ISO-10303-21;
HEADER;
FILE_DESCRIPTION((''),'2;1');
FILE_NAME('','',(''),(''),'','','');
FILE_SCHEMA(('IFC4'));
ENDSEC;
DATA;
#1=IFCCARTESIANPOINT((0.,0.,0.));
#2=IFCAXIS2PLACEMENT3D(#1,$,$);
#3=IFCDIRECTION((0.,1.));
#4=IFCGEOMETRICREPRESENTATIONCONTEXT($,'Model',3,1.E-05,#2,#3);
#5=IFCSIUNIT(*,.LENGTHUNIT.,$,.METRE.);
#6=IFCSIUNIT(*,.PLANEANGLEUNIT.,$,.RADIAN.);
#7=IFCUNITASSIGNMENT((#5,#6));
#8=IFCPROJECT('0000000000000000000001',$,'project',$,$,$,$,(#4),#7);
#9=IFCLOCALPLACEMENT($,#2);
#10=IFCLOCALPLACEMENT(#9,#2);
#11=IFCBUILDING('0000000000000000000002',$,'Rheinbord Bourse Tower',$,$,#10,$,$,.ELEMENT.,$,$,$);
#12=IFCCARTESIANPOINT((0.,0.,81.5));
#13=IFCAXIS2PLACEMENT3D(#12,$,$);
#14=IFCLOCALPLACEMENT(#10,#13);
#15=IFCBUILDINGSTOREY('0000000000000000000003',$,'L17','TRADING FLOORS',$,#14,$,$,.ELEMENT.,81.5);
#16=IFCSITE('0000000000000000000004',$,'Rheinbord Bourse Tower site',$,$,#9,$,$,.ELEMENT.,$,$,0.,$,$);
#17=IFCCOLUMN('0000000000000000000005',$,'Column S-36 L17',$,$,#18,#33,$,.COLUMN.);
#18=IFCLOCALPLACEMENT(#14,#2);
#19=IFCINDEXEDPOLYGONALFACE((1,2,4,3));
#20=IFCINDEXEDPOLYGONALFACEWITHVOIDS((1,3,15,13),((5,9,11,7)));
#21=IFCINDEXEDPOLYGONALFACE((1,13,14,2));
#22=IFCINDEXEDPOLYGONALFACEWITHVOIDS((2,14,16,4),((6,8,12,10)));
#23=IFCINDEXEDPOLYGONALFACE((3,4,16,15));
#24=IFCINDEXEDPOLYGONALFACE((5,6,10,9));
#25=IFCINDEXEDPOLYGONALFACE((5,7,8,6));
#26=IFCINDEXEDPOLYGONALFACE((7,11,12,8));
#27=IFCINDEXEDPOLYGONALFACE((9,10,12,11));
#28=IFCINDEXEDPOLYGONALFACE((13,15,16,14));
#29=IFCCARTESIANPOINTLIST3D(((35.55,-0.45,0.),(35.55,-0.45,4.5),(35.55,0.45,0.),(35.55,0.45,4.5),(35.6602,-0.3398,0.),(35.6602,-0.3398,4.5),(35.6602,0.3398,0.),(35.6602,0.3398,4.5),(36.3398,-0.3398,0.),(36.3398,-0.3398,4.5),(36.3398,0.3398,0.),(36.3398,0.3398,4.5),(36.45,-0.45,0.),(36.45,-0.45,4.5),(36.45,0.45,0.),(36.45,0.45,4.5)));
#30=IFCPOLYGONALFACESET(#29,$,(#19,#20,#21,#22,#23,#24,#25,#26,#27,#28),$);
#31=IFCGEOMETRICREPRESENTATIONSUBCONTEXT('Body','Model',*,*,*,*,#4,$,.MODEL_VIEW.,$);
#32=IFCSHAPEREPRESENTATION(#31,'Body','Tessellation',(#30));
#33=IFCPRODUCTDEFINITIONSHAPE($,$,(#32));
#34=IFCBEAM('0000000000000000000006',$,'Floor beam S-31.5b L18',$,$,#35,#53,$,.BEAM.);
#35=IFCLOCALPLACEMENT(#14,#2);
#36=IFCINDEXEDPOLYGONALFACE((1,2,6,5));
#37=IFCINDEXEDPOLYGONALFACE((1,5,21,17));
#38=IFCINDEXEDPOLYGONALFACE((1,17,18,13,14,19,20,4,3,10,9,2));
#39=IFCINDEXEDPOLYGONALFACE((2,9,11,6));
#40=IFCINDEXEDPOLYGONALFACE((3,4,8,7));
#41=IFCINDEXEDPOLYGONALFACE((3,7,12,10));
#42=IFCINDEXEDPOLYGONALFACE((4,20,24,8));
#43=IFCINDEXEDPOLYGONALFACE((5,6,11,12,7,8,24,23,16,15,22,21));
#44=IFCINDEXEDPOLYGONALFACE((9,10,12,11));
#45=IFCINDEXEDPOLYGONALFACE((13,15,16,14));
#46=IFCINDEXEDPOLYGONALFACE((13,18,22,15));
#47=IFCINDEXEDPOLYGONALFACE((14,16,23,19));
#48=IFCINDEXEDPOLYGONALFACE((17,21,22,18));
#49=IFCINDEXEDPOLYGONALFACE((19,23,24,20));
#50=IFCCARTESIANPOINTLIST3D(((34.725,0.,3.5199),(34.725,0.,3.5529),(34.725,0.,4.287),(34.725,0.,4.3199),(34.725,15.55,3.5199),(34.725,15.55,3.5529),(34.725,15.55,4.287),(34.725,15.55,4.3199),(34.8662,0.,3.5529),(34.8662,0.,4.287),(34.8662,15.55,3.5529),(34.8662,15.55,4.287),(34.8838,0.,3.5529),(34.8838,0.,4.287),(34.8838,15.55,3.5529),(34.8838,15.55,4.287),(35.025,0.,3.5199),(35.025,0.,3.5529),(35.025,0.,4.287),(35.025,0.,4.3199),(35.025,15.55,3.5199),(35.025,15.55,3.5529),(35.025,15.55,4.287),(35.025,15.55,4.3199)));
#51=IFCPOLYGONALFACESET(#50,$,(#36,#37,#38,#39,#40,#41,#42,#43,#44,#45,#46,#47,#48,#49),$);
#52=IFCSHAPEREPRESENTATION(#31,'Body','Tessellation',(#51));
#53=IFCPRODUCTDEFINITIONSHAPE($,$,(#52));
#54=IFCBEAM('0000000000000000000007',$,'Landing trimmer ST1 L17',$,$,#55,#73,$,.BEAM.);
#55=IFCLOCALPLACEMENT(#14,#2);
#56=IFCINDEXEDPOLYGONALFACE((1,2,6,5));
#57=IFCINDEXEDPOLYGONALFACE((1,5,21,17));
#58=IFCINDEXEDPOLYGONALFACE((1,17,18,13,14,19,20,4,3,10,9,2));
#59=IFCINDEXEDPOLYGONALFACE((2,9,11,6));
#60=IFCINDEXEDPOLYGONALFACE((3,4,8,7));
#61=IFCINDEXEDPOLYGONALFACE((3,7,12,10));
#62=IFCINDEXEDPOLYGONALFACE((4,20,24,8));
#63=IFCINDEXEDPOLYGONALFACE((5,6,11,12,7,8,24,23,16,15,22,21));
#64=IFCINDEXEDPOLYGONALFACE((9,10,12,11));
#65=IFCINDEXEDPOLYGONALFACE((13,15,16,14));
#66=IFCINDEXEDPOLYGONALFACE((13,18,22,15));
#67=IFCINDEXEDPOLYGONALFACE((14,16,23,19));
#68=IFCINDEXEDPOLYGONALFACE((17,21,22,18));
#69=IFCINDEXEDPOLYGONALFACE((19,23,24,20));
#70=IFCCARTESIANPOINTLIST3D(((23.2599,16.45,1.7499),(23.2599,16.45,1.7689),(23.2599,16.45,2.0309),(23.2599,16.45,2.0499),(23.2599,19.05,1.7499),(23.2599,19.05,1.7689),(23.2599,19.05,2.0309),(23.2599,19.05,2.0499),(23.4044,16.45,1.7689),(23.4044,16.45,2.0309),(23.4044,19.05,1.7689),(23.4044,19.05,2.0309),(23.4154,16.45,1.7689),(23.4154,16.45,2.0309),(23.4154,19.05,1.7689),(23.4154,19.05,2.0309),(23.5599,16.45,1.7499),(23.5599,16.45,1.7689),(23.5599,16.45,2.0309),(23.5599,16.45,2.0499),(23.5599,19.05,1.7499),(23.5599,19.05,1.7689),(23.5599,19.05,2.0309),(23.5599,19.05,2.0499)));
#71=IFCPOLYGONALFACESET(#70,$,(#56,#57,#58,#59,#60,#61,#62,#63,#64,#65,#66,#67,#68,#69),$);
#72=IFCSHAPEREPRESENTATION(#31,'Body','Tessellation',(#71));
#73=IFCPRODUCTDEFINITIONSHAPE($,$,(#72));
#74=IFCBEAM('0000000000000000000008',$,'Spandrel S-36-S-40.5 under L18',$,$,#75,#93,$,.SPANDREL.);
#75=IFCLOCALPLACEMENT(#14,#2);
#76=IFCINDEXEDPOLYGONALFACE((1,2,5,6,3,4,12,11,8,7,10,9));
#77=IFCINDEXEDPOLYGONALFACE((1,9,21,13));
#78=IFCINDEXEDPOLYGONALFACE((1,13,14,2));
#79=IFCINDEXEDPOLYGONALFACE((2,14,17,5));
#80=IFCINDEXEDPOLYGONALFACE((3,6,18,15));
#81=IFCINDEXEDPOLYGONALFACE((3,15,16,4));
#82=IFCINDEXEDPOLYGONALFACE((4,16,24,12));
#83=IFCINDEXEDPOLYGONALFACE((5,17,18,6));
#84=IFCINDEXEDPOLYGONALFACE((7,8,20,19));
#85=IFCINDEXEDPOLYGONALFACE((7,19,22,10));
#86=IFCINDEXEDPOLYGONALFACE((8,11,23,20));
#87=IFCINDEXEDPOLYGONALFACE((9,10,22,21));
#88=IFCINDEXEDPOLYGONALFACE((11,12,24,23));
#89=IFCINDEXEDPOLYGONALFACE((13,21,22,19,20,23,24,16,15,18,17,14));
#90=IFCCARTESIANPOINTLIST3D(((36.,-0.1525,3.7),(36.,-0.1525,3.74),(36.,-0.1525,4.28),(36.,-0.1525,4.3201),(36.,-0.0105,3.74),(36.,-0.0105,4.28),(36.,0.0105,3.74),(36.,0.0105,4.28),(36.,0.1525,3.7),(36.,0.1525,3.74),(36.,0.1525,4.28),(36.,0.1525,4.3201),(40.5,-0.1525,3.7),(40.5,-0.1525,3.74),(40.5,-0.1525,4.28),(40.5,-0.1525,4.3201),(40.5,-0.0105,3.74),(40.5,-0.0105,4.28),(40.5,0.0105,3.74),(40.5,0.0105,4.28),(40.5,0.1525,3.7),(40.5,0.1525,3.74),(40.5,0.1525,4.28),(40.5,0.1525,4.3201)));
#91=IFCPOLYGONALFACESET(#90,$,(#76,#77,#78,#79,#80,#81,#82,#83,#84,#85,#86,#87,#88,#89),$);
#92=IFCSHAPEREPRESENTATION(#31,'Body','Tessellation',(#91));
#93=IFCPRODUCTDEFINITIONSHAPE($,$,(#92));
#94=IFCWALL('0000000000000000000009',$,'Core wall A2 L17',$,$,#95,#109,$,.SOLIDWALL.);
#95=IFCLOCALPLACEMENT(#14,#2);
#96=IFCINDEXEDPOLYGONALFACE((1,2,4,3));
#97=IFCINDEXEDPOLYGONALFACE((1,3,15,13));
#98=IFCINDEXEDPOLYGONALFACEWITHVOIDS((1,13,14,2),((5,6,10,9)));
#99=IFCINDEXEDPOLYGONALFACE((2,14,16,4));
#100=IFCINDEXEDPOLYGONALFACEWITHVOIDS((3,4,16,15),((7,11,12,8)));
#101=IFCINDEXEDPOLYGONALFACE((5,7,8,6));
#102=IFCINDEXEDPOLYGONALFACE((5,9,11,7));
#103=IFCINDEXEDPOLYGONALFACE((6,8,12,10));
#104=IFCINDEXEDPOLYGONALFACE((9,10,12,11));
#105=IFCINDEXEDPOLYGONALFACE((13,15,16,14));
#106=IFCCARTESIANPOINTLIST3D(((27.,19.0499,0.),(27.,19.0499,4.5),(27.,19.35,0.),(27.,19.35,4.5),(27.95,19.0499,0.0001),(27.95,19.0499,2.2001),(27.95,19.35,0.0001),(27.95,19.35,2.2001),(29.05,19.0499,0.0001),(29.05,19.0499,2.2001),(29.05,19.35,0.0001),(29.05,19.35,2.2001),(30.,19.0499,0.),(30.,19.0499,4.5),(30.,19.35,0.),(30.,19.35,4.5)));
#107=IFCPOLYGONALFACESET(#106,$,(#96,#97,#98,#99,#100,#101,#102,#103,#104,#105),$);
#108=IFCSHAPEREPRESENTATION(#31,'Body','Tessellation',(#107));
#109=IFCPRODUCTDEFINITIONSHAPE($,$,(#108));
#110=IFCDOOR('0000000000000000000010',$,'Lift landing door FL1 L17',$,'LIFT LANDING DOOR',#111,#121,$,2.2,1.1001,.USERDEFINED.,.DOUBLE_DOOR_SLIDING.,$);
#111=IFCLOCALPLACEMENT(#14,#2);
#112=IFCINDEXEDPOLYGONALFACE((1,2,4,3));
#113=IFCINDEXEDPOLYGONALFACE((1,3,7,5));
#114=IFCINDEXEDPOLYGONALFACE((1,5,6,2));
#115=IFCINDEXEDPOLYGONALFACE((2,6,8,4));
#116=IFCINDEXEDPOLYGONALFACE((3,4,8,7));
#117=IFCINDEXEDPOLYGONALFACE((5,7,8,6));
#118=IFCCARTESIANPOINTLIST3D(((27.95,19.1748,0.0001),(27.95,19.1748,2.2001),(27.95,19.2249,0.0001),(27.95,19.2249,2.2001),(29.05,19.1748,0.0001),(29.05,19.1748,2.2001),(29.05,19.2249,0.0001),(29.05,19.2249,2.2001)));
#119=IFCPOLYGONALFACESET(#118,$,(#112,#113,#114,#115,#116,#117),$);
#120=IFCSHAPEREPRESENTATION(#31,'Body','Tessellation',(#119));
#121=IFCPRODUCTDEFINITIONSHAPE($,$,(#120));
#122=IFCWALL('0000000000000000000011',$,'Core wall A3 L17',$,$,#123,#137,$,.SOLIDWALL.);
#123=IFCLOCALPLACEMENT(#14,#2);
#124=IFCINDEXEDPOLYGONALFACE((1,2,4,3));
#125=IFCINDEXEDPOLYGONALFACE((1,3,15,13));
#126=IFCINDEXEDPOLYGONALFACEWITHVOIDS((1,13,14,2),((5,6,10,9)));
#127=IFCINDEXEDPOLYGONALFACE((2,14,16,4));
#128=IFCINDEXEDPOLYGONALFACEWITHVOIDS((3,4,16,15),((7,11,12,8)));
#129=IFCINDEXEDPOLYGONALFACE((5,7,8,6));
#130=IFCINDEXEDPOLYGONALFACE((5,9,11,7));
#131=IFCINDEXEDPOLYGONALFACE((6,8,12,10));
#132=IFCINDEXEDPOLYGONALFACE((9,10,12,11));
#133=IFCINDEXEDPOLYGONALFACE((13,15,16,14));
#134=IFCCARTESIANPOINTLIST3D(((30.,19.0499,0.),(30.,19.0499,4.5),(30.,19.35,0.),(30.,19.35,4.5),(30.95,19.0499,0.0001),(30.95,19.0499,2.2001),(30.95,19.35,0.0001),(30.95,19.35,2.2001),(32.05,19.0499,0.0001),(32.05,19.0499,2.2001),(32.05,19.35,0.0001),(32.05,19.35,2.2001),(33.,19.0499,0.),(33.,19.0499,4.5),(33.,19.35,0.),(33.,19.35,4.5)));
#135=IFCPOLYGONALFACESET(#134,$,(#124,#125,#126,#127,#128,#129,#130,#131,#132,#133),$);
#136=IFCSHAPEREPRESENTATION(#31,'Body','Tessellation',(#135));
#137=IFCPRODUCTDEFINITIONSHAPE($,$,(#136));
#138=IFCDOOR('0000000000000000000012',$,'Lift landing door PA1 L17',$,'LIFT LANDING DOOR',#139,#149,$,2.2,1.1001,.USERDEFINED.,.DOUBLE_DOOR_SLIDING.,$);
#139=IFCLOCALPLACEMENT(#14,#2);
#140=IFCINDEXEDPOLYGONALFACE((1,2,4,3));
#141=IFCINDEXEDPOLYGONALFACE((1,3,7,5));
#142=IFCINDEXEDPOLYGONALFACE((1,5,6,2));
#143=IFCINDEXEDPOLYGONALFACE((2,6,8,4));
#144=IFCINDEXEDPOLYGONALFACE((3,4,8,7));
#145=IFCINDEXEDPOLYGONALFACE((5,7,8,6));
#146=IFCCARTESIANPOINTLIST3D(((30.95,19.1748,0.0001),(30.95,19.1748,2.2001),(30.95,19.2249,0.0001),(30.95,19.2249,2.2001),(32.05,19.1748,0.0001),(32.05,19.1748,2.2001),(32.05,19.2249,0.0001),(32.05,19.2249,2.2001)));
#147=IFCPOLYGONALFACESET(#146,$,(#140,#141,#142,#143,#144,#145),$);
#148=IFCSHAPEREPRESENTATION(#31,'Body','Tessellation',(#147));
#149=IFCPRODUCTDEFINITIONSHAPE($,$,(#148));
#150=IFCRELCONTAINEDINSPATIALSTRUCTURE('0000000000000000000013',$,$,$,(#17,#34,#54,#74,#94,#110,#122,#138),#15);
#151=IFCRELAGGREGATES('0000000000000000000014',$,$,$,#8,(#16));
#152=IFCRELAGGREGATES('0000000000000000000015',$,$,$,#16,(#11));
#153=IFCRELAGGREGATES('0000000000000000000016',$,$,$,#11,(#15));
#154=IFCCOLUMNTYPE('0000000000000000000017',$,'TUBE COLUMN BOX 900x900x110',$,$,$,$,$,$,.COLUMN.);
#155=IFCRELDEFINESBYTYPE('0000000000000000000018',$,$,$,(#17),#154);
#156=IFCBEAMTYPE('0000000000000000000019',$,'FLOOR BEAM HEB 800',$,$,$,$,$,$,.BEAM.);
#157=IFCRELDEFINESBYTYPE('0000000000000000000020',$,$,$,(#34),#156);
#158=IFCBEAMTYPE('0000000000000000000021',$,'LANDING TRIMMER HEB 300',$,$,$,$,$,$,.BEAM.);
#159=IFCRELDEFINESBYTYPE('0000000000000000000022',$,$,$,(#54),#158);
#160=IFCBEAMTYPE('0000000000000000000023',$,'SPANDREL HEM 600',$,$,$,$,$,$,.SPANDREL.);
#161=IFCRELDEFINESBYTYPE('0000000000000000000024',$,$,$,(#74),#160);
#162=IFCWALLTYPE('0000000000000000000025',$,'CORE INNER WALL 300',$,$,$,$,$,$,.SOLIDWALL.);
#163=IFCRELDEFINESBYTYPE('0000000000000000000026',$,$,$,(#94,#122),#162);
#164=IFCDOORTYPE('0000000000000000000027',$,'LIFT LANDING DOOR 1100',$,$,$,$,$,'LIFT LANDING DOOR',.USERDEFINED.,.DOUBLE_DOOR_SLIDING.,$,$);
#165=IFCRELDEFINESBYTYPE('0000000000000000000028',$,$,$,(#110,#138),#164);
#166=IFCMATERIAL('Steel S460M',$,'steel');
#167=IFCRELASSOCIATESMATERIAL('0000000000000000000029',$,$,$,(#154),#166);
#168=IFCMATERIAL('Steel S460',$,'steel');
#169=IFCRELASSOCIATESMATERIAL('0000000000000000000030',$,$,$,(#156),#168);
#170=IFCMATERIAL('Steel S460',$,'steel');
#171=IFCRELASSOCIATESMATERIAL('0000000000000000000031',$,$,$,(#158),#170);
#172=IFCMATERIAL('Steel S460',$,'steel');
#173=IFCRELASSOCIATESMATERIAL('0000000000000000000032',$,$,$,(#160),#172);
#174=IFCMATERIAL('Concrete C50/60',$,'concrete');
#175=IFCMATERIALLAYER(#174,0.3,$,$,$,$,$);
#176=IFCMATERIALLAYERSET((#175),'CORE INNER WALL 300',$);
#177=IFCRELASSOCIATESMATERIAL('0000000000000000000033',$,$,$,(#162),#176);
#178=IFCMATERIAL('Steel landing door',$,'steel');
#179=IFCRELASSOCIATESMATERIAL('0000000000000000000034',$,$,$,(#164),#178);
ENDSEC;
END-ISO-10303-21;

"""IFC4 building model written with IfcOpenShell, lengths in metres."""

from ifc_helpers import new_model, si_unit, direction, frame, frame_2d, origin, origin_2d, place, context, subcontext, project, spatial, rectangle, hollow_rectangle, i_section, extrude, material, layer, layer_set, material_profile, profile_set, type_object, element, fill, save


model = new_model("IFC4")

# Units and contexts
model_context = context("Model", 3, precision=1e-05, world=origin(), true_north=direction((0.0, 1.0)))
body_context = subcontext(model_context, "Body", "Model", "MODEL_VIEW")
ifc_project = project(units=[si_unit("LENGTHUNIT", "METRE"), si_unit("PLANEANGLEUNIT", "RADIAN")], contexts=[model_context])

# Site, building, storey
site_placement = place(None, origin())
site = spatial("IfcSite", under=ifc_project, at=site_placement, Name="Rheinbord Bourse Tower site", CompositionType="ELEMENT", RefElevation=0.0)
building_placement = place(site_placement, origin())
building = spatial("IfcBuilding", under=site, at=building_placement, Name="Rheinbord Bourse Tower", CompositionType="ELEMENT")
storey_placement = place(building_placement, frame((0.0, 0.0, 81.5)))
storey = spatial("IfcBuildingStorey", under=building, at=storey_placement, Name="L17", Description="TRADING FLOORS", CompositionType="ELEMENT", Elevation=81.5)

# Column
ifc_material_1 = material(Name="Steel S460M", Category="steel")
ifc_material_profile_1 = material_profile(ifc_material_1, hollow_rectangle(XDim=0.8999, YDim=0.8999, WallThickness=0.1101, at=origin_2d()), Name="BOX 900x900x110")
ifc_profile_set_1 = profile_set([ifc_material_profile_1], Name="Steel S460M")
column_type = type_object("IfcColumnType", Name="TUBE COLUMN BOX 900x900x110", PredefinedType="COLUMN", material=ifc_profile_set_1)
column_placement = place(storey_placement, frame((36.0, 0.0, 0.0), z_axis=(0.0, 0.0, 1.0), x_axis=(0.0, 1.0, 0.0)))
element("IfcColumn", 1, at=column_placement, inside=storey, type_object=column_type, Name="Column S-36 L17", PredefinedType="COLUMN", context=body_context, shape_type="SweptSolid", body=[
    extrude(hollow_rectangle(XDim=0.8999, YDim=0.8999, WallThickness=0.1101, at=origin_2d()), origin(), (0.0, 0.0, 1.0), 4.5),
])

# Beams
ifc_material_2 = material(Name="Steel S460", Category="steel")
ifc_material_profile_2 = material_profile(ifc_material_2, i_section(OverallWidth=0.3, OverallDepth=0.8, WebThickness=0.0176, FlangeThickness=0.033, at=origin_2d()), Name="HEB 800")
ifc_profile_set_2 = profile_set([ifc_material_profile_2], Name="Steel S460")
beam_type_1 = type_object("IfcBeamType", Name="FLOOR BEAM HEB 800", PredefinedType="BEAM", material=ifc_profile_set_2)
beam_1_placement = place(storey_placement, frame((34.875, 0.0, 3.9199), z_axis=(0.0, 1.0, 0.0), x_axis=(-1.0, 0.0, 0.0)))
element("IfcBeam", 2, at=beam_1_placement, inside=storey, type_object=beam_type_1, Name="Floor beam S-31.5b L18", PredefinedType="BEAM", context=body_context, shape_type="SweptSolid", body=[
    extrude(i_section(OverallWidth=0.3, OverallDepth=0.8, WebThickness=0.0176, FlangeThickness=0.033, at=origin_2d()), origin(), (0.0, 0.0, 1.0), 15.55),
])
ifc_material_3 = material(Name="Steel S460", Category="steel")
ifc_material_profile_3 = material_profile(ifc_material_3, i_section(OverallWidth=0.3, OverallDepth=0.3, WebThickness=0.011, FlangeThickness=0.019, at=origin_2d()), Name="HEB 300")
ifc_profile_set_3 = profile_set([ifc_material_profile_3], Name="Steel S460")
beam_type_2 = type_object("IfcBeamType", Name="LANDING TRIMMER HEB 300", PredefinedType="BEAM", material=ifc_profile_set_3)
beam_2_placement = place(storey_placement, frame((23.4099, 16.45, 1.8999), z_axis=(0.0, 1.0, 0.0), x_axis=(-1.0, 0.0, 0.0)))
element("IfcBeam", 3, at=beam_2_placement, inside=storey, type_object=beam_type_2, Name="Landing trimmer ST1 L17", PredefinedType="BEAM", context=body_context, shape_type="SweptSolid", body=[
    extrude(i_section(OverallWidth=0.3, OverallDepth=0.3, WebThickness=0.011, FlangeThickness=0.019, at=origin_2d()), origin(), (0.0, 0.0, 1.0), 2.6001),
])
ifc_material_4 = material(Name="Steel S460", Category="steel")
ifc_material_profile_4 = material_profile(ifc_material_4, i_section(OverallWidth=0.3049, OverallDepth=0.6201, WebThickness=0.021, FlangeThickness=0.04, at=origin_2d()), Name="HEM 600")
ifc_profile_set_4 = profile_set([ifc_material_profile_4], Name="Steel S460")
beam_type_3 = type_object("IfcBeamType", Name="SPANDREL HEM 600", PredefinedType="SPANDREL", material=ifc_profile_set_4)
beam_3_placement = place(storey_placement, frame((36.0, 0.0, 4.01), z_axis=(1.0, 0.0, 0.0), x_axis=(0.0, 1.0, 0.0)))
element("IfcBeam", 4, at=beam_3_placement, inside=storey, type_object=beam_type_3, Name="Spandrel S-36-S-40.5 under L18", PredefinedType="SPANDREL", context=body_context, shape_type="SweptSolid", body=[
    extrude(i_section(OverallWidth=0.3049, OverallDepth=0.6201, WebThickness=0.021, FlangeThickness=0.04, at=origin_2d()), origin(), (0.0, 0.0, 1.0), 4.5),
])

# Walls, openings, doors
ifc_material_5 = material(Name="Concrete C50/60", Category="concrete")
ifc_layer_1 = layer(ifc_material_5, 0.3)
ifc_layer_set_1 = layer_set([ifc_layer_1], Name="CORE INNER WALL 300")
wall_type_1 = type_object("IfcWallType", Name="CORE INNER WALL 300", PredefinedType="SOLIDWALL", material=ifc_layer_set_1)
wall_1_placement = place(storey_placement, frame((27.0, 19.2, 0.0), z_axis=(0.0, 0.0, 1.0), x_axis=(1.0, 0.0, 0.0)))
wall_1 = element("IfcWall", 5, at=wall_1_placement, inside=storey, type_object=wall_type_1, Name="Core wall A2 L17", PredefinedType="SOLIDWALL", context=body_context, shape_type="SweptSolid", body=[
    extrude(rectangle(XDim=3.0, YDim=0.3, at=frame_2d((1.5, 0.0))), origin(), (0.0, 0.0, 1.0), 4.5),
])
opening_1_placement = place(wall_1_placement, frame((0.95, 0.0, 0.0)))
opening_1 = element("IfcOpeningElement", 6, at=opening_1_placement, cuts=wall_1, PredefinedType="OPENING", context=body_context, shape_type="SweptSolid", body=[
    extrude(rectangle(XDim=1.1001, YDim=2.2, at=frame_2d((0.55, 1.1001))), frame((0.0, 0.1599, 0.0), z_axis=(0.0, -1.0, 0.0), x_axis=(1.0, 0.0, 0.0)), (0.0, 0.0, 1.0), 0.3201),
])
ifc_material_6 = material(Name="Steel landing door", Category="steel")
door_type_1 = type_object("IfcDoorType", Name="LIFT LANDING DOOR 1100", ElementType="LIFT LANDING DOOR", OperationType="DOUBLE_DOOR_SLIDING", PredefinedType="USERDEFINED", material=ifc_material_6)
door_1_placement = place(opening_1_placement, origin())
door_1 = element("IfcDoor", 7, at=door_1_placement, inside=storey, type_object=door_type_1, Name="Lift landing door FL1 L17", ObjectType="LIFT LANDING DOOR", OperationType="DOUBLE_DOOR_SLIDING", OverallHeight=2.2, OverallWidth=1.1001, PredefinedType="USERDEFINED", context=body_context, shape_type="SweptSolid", body=[
    extrude(rectangle(XDim=1.1001, YDim=2.2, at=frame_2d((0.55, 1.1001))), frame((0.0, 0.0249, 0.0), z_axis=(0.0, -1.0, 0.0), x_axis=(1.0, 0.0, 0.0)), (0.0, 0.0, 1.0), 0.05),
])
fill(opening_1, door_1)
wall_2_placement = place(storey_placement, frame((30.0, 19.2, 0.0), z_axis=(0.0, 0.0, 1.0), x_axis=(1.0, 0.0, 0.0)))
wall_2 = element("IfcWall", 8, at=wall_2_placement, inside=storey, type_object=wall_type_1, Name="Core wall A3 L17", PredefinedType="SOLIDWALL", context=body_context, shape_type="SweptSolid", body=[
    extrude(rectangle(XDim=3.0, YDim=0.3, at=frame_2d((1.5, 0.0))), origin(), (0.0, 0.0, 1.0), 4.5),
])
opening_2_placement = place(wall_2_placement, frame((0.95, 0.0, 0.0)))
opening_2 = element("IfcOpeningElement", 9, at=opening_2_placement, cuts=wall_2, PredefinedType="OPENING", context=body_context, shape_type="SweptSolid", body=[
    extrude(rectangle(XDim=1.1001, YDim=2.2, at=frame_2d((0.55, 1.1001))), frame((0.0, 0.1599, 0.0), z_axis=(0.0, -1.0, 0.0), x_axis=(1.0, 0.0, 0.0)), (0.0, 0.0, 1.0), 0.3201),
])
door_2_placement = place(opening_2_placement, origin())
door_2 = element("IfcDoor", 10, at=door_2_placement, inside=storey, type_object=door_type_1, Name="Lift landing door PA1 L17", ObjectType="LIFT LANDING DOOR", OperationType="DOUBLE_DOOR_SLIDING", OverallHeight=2.2, OverallWidth=1.1001, PredefinedType="USERDEFINED", context=body_context, shape_type="SweptSolid", body=[
    extrude(rectangle(XDim=1.1001, YDim=2.2, at=frame_2d((0.55, 1.1001))), frame((0.0, 0.0249, 0.0), z_axis=(0.0, -1.0, 0.0), x_axis=(1.0, 0.0, 0.0)), (0.0, 0.0, 1.0), 0.05),
])
fill(opening_2, door_2)

save(model, "model.ifc")
